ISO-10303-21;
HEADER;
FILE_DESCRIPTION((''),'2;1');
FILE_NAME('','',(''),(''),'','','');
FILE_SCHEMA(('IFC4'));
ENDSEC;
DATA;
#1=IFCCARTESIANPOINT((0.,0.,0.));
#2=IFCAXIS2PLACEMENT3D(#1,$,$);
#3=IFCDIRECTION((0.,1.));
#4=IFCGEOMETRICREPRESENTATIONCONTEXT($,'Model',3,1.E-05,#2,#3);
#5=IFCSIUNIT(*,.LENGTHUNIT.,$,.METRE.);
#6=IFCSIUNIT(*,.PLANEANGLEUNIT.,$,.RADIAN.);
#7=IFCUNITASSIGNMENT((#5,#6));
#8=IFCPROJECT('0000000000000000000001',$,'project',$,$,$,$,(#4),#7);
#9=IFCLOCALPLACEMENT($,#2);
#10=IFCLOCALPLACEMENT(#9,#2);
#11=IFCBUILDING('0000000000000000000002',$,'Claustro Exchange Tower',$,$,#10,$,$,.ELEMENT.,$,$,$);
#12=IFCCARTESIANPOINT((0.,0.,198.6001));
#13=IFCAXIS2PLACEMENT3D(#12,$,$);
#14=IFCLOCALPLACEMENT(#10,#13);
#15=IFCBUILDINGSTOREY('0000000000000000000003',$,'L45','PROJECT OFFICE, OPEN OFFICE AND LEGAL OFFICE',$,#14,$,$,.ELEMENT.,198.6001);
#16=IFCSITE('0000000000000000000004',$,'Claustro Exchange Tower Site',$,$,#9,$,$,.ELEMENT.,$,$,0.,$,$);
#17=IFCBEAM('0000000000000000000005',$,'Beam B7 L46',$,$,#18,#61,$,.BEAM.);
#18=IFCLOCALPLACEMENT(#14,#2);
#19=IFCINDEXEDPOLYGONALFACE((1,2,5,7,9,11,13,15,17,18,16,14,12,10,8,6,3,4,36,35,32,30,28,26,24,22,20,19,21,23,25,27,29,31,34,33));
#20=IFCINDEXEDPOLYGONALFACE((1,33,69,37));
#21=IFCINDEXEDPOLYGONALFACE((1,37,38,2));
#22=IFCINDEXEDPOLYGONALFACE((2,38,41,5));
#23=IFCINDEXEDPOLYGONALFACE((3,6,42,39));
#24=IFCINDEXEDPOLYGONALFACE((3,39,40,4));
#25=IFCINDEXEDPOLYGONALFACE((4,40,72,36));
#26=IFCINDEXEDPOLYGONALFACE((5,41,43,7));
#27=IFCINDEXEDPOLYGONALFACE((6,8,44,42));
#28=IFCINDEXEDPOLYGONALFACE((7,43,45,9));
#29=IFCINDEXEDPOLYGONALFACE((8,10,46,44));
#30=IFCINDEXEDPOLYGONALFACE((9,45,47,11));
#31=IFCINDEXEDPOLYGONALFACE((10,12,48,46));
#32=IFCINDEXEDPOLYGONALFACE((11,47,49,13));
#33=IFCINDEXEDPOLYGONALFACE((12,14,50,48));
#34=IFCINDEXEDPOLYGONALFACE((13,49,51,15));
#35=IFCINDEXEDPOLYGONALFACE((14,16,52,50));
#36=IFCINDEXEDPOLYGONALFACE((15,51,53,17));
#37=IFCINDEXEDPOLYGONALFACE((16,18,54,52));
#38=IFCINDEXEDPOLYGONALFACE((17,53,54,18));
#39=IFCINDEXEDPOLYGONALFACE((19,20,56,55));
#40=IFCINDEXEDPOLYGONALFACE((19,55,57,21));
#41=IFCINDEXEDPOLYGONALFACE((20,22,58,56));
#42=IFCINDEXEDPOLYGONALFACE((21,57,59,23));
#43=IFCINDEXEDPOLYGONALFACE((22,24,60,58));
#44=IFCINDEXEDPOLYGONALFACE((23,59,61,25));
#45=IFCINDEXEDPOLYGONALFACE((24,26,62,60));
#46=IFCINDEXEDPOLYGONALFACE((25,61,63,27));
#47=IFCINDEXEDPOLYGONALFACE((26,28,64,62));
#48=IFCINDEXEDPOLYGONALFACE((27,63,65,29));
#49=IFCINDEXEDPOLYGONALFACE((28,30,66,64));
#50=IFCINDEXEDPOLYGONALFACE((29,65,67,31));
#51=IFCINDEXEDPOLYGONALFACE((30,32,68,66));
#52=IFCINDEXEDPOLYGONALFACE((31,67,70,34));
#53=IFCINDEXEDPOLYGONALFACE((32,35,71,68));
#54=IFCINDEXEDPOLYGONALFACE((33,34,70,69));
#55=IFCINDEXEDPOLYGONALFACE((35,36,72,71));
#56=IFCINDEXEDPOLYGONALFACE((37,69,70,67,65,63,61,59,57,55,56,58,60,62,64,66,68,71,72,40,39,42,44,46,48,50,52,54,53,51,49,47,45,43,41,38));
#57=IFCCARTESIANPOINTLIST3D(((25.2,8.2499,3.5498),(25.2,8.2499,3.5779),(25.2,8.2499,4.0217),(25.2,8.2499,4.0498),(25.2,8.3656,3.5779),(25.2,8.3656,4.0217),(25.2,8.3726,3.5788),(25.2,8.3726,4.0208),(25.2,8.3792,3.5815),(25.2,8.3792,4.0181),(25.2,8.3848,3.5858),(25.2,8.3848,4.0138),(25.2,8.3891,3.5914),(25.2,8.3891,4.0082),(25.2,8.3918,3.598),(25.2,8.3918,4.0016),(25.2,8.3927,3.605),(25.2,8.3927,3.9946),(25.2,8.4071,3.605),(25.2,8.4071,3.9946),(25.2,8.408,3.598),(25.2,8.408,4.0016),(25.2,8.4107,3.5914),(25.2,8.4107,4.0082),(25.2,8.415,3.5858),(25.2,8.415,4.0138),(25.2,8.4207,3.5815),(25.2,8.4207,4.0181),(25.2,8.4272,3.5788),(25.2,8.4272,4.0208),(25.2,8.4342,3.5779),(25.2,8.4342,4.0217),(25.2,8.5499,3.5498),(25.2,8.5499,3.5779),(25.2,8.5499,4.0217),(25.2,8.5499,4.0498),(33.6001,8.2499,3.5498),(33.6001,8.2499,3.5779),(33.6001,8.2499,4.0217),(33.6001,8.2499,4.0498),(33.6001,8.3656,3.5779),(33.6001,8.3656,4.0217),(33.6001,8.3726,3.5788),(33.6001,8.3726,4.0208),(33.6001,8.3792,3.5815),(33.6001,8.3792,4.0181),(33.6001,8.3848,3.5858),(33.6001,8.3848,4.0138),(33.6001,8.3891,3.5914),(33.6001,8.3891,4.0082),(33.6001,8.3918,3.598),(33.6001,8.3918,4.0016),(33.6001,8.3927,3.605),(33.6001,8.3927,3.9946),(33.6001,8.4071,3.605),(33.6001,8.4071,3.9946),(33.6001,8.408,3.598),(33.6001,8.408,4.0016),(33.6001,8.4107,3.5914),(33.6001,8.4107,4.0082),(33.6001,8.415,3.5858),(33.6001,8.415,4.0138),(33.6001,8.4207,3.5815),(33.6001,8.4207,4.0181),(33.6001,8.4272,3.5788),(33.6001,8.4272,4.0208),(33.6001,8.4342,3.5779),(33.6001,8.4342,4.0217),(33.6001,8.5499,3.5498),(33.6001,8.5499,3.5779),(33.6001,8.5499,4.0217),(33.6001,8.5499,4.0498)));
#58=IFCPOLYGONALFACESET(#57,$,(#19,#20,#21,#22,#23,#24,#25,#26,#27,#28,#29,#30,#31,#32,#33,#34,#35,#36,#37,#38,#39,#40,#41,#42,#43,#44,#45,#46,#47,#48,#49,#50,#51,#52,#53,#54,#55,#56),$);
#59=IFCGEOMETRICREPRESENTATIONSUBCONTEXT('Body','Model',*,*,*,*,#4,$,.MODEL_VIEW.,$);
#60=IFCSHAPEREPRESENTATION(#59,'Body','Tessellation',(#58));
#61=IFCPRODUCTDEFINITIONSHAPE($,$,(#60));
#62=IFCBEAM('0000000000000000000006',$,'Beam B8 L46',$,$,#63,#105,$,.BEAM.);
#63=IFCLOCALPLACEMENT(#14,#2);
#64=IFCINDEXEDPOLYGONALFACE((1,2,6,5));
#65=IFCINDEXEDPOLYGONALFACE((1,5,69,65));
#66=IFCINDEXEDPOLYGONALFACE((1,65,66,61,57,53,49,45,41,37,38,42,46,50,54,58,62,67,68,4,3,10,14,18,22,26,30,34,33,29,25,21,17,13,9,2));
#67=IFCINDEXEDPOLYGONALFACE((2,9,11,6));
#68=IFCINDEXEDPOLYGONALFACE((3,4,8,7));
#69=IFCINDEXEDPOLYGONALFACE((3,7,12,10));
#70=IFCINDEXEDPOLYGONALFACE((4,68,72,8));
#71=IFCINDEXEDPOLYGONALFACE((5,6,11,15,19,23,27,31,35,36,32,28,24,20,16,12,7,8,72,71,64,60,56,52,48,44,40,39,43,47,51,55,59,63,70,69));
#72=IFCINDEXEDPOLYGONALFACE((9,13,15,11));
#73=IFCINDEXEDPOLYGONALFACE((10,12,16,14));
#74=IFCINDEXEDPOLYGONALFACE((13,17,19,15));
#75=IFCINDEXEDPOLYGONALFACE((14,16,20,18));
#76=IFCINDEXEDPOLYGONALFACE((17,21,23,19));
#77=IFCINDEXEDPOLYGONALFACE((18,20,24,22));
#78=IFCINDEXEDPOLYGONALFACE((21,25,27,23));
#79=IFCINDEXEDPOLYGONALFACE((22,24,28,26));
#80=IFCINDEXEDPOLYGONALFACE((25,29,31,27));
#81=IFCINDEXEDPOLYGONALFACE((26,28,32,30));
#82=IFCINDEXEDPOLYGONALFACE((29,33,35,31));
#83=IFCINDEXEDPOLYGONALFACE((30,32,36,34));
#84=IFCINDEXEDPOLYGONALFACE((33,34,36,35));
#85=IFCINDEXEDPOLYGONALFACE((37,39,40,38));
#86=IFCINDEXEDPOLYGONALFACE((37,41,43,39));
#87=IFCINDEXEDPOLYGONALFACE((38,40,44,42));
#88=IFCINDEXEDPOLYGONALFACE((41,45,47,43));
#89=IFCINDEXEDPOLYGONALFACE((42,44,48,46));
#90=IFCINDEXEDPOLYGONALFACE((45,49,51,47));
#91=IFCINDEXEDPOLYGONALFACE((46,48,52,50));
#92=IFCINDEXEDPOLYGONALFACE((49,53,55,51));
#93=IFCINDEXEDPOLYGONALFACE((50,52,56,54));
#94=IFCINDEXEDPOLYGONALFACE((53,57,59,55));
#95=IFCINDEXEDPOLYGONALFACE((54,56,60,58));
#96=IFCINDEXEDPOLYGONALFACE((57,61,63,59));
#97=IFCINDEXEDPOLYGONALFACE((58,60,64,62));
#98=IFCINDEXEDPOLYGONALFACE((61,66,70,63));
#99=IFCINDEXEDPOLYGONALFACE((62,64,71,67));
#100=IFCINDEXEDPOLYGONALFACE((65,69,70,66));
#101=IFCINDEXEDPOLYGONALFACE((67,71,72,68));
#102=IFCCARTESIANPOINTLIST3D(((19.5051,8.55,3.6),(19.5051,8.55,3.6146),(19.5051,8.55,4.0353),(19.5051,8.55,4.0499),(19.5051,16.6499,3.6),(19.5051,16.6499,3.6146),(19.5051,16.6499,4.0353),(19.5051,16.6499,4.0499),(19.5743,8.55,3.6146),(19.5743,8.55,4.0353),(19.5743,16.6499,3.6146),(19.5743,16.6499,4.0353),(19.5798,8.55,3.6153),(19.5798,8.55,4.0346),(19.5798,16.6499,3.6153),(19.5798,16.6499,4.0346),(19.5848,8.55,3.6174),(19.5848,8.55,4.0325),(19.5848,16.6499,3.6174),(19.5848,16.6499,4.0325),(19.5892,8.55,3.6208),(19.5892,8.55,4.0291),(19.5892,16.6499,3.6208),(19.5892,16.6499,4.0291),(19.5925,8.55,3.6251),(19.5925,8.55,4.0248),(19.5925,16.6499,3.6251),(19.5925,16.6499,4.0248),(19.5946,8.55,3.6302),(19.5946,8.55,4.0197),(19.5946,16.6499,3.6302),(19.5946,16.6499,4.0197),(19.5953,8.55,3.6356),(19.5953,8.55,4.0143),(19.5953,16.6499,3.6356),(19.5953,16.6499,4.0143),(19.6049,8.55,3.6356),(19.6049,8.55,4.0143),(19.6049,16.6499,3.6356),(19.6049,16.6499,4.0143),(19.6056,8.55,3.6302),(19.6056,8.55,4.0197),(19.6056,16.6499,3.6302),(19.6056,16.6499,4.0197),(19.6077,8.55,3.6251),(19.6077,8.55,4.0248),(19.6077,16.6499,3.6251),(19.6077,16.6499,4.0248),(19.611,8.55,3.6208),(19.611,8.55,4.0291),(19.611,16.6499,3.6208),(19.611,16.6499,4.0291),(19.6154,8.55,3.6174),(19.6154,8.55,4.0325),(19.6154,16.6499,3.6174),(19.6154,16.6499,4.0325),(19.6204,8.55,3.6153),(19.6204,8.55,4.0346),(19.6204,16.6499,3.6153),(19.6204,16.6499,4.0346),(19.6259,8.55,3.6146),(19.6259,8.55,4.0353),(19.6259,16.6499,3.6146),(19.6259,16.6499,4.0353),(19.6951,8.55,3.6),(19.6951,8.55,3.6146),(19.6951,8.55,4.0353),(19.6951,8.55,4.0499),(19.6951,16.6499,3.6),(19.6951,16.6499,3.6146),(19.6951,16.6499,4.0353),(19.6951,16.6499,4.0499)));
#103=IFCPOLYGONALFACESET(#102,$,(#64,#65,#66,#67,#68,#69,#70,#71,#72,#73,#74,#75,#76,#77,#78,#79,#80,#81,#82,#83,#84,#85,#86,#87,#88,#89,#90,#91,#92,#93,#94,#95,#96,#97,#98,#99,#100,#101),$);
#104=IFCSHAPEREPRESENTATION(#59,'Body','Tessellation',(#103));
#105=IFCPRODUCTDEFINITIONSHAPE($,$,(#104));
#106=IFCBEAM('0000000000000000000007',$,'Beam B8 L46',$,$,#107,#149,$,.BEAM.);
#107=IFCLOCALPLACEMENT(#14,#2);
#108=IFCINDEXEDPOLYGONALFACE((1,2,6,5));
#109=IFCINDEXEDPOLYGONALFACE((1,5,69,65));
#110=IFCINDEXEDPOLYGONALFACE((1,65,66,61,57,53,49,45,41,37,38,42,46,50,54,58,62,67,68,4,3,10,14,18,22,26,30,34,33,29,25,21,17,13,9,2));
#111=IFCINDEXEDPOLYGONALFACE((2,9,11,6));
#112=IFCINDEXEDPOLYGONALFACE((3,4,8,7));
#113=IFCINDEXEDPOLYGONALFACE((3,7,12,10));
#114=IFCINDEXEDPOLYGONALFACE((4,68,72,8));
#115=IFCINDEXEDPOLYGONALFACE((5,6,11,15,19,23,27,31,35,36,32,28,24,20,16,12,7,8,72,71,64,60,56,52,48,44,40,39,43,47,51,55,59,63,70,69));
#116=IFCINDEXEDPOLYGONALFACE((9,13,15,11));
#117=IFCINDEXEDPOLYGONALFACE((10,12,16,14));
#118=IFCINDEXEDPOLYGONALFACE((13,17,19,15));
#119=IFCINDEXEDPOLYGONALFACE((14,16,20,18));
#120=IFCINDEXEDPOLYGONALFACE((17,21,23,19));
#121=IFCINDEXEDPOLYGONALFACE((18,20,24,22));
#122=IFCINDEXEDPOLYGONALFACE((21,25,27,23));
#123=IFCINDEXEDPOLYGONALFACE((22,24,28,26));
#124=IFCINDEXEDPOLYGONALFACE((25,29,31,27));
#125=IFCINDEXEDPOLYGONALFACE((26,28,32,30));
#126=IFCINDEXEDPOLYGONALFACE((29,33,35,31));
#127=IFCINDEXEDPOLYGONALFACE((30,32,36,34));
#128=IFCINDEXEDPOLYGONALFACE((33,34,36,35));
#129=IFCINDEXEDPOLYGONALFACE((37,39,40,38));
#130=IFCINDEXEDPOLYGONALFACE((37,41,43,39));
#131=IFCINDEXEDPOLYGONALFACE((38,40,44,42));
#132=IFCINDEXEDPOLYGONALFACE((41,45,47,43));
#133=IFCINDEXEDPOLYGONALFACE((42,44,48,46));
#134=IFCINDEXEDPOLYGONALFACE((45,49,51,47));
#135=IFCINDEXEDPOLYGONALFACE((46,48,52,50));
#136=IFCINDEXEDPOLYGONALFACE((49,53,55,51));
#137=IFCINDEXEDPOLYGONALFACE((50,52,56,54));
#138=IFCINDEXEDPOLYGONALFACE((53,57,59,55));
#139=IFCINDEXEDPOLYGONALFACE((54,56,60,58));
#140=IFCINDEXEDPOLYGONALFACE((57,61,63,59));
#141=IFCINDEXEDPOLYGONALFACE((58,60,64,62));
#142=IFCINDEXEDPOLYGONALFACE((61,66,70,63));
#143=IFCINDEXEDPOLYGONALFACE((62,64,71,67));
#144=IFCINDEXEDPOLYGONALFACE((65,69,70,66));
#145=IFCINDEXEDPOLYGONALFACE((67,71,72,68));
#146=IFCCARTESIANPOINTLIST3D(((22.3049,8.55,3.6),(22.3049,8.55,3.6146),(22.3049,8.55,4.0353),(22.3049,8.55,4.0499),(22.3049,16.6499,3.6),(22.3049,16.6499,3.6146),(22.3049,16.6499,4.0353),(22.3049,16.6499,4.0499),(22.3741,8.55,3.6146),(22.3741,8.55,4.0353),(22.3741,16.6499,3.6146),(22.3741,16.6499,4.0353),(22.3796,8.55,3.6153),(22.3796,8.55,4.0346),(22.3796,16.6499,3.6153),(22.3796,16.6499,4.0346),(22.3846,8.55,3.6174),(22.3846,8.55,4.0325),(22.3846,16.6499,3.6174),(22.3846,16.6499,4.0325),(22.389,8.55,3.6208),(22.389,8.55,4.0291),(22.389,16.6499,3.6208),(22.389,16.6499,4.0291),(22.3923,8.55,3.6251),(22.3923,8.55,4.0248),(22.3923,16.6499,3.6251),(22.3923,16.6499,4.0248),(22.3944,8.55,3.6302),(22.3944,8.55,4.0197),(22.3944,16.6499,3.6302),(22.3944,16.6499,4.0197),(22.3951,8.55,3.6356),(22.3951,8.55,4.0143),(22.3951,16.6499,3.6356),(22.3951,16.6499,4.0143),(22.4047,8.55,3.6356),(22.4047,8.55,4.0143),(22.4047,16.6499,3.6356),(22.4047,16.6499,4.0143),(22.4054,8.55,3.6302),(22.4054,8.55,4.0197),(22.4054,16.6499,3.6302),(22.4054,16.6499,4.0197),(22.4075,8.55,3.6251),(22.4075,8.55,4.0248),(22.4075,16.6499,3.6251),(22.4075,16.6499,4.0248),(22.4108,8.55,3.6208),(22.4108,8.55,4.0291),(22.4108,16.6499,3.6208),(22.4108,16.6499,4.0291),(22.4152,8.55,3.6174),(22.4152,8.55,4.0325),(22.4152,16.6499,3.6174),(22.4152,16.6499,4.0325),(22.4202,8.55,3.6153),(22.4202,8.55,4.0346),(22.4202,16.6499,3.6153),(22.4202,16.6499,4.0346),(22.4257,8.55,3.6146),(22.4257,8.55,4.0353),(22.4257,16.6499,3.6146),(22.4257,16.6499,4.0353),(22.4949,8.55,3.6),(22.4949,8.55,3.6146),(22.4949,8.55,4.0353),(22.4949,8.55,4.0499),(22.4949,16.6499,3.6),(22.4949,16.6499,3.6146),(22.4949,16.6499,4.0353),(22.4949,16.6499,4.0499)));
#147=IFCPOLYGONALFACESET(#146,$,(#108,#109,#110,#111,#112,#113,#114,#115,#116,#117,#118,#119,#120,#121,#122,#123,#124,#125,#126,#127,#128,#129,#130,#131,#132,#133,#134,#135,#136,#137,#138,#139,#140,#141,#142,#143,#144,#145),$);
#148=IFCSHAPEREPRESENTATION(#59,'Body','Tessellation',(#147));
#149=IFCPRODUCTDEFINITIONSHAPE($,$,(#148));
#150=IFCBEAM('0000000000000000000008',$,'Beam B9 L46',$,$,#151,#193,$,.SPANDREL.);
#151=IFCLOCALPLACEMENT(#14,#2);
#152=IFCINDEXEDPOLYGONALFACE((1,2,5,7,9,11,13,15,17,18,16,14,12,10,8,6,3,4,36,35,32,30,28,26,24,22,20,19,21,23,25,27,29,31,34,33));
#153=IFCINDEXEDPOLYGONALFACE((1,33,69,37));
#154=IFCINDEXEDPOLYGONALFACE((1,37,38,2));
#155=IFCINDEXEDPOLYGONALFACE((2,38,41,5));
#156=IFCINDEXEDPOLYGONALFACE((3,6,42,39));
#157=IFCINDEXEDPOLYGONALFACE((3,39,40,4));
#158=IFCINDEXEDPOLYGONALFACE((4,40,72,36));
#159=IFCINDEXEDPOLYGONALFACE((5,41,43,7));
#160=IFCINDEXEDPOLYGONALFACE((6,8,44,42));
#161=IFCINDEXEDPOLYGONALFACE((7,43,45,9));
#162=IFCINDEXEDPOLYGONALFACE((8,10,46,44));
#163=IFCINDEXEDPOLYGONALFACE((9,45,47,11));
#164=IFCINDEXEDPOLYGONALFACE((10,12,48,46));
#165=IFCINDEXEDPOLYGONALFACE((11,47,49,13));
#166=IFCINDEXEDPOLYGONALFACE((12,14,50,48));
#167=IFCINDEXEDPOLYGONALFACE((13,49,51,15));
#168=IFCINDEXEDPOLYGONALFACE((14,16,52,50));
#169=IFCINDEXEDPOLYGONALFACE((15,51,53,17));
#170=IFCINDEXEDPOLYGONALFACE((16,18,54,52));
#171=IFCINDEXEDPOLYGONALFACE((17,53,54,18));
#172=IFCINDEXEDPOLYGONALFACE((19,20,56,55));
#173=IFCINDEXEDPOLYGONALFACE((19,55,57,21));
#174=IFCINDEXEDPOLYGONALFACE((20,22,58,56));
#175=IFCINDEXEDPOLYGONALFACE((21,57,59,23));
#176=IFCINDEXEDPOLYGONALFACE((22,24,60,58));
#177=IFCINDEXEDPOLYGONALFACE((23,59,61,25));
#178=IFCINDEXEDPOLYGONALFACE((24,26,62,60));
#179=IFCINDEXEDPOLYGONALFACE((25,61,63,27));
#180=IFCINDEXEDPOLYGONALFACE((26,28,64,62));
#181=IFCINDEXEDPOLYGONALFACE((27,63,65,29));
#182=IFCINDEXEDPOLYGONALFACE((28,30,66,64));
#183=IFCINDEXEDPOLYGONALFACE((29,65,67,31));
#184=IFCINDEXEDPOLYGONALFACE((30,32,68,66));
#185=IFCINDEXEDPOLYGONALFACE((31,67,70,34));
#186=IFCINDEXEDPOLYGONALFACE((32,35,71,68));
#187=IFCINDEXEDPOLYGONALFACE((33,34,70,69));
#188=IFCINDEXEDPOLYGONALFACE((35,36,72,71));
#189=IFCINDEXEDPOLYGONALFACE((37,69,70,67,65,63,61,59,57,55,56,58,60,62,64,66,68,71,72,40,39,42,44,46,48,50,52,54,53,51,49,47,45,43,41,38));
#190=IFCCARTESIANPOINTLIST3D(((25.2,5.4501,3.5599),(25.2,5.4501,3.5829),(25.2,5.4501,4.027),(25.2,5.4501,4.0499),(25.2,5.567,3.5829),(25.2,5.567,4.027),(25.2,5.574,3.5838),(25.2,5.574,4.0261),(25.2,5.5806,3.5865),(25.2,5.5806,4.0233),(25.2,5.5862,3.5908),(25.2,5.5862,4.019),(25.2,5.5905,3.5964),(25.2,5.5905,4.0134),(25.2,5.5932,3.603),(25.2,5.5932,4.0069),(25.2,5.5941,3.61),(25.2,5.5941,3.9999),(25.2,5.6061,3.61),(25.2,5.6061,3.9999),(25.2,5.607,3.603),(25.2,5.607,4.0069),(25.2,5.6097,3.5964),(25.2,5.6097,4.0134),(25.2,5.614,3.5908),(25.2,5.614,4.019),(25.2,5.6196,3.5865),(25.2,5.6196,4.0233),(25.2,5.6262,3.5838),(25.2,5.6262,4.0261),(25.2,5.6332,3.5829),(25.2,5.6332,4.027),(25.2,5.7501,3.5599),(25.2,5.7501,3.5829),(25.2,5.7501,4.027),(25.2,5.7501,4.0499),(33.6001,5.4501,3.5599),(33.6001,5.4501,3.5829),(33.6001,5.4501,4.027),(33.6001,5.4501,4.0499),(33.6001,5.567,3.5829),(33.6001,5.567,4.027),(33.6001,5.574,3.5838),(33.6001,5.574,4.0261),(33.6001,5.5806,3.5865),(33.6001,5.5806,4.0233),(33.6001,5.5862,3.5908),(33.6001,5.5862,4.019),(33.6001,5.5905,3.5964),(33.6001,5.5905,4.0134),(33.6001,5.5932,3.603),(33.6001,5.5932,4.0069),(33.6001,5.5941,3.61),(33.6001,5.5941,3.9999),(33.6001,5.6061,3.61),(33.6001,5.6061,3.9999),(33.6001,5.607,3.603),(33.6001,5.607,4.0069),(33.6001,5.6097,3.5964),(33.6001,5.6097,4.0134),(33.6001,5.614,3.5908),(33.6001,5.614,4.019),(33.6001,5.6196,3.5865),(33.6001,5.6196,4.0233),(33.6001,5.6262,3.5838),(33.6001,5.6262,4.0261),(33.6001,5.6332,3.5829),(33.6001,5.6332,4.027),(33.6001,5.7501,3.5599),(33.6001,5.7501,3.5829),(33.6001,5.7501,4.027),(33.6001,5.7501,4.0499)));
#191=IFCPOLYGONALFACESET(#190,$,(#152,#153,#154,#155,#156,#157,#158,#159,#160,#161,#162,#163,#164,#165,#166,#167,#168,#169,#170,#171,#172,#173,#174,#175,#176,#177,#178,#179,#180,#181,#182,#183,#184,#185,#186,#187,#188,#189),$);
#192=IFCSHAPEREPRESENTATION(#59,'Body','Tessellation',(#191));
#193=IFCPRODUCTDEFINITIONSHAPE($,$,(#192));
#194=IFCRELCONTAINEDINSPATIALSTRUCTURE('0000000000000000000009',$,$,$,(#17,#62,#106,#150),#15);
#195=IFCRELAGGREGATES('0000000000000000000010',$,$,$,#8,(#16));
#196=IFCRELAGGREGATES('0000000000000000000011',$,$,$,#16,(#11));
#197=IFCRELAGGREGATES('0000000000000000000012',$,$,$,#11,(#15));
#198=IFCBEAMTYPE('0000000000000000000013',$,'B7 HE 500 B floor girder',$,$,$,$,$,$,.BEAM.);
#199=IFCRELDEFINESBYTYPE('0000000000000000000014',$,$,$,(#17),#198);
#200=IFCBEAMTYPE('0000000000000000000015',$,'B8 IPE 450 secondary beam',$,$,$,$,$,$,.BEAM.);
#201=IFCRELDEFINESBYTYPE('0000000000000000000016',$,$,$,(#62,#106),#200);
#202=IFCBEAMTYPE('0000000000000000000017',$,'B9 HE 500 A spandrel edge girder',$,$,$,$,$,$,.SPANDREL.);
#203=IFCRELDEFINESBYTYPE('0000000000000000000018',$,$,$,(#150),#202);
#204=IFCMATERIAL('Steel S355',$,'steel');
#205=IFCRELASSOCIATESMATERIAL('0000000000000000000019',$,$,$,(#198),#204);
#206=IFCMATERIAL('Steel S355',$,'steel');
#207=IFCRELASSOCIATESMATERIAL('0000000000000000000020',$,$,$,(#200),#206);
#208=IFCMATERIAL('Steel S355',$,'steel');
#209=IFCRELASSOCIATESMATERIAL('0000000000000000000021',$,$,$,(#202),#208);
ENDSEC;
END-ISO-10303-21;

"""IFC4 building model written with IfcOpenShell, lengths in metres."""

from ifc_helpers import new_model, si_unit, direction, frame, origin, origin_2d, place, context, subcontext, project, spatial, i_section, extrude, material, material_profile, profile_set, type_object, element, save


model = new_model("IFC4")

# Units and contexts
model_context = context("Model", 3, precision=1e-05, world=origin(), true_north=direction((0.0, 1.0)))
body_context = subcontext(model_context, "Body", "Model", "MODEL_VIEW")
ifc_project = project(units=[si_unit("LENGTHUNIT", "METRE"), si_unit("PLANEANGLEUNIT", "RADIAN")], contexts=[model_context])

# Site, building, storey
site_placement = place(None, origin())
site = spatial("IfcSite", under=ifc_project, at=site_placement, Name="Claustro Exchange Tower Site", CompositionType="ELEMENT", RefElevation=0.0)
building_placement = place(site_placement, origin())
building = spatial("IfcBuilding", under=site, at=building_placement, Name="Claustro Exchange Tower", CompositionType="ELEMENT")
storey_placement = place(building_placement, frame((0.0, 0.0, 198.6001)))
storey = spatial("IfcBuildingStorey", under=building, at=storey_placement, Name="L45", Description="PROJECT OFFICE, OPEN OFFICE AND LEGAL OFFICE", CompositionType="ELEMENT", Elevation=198.6001)

# Beams
ifc_material_1 = material(Name="Steel S355", Category="steel")
ifc_material_profile_1 = material_profile(ifc_material_1, i_section(OverallWidth=0.3, OverallDepth=0.5, WebThickness=0.0144, FlangeThickness=0.0281, FilletRadius=0.0271, at=origin_2d()), Name="HE 500 B")
ifc_profile_set_1 = profile_set([ifc_material_profile_1], Name="Steel S355")
beam_type_1 = type_object("IfcBeamType", Name="B7 HE 500 B floor girder", PredefinedType="BEAM", material=ifc_profile_set_1)
for number, where, z_axis, x_axis, name in (
    (1, (25.2, 8.3999, 3.7998), (1.0, 0.0, 0.0), (0.0, 1.0, 0.0), "Beam B7 L46"),
):
    element("IfcBeam", number, at=place(storey_placement, frame(where, z_axis=z_axis, x_axis=x_axis)), inside=storey, type_object=beam_type_1, Name=name, PredefinedType="BEAM", context=body_context, shape_type="SweptSolid", body=[
        extrude(i_section(OverallWidth=0.3, OverallDepth=0.5, WebThickness=0.0144, FlangeThickness=0.0281, FilletRadius=0.0271, at=origin_2d()), origin(), (0.0, 0.0, 1.0), 8.4001),
    ])
ifc_material_2 = material(Name="Steel S355", Category="steel")
ifc_material_profile_2 = material_profile(ifc_material_2, i_section(OverallWidth=0.1899, OverallDepth=0.45, WebThickness=0.0095, FlangeThickness=0.0146, FilletRadius=0.021, at=origin_2d()), Name="IPE 450")
ifc_profile_set_2 = profile_set([ifc_material_profile_2], Name="Steel S355")
beam_type_2 = type_object("IfcBeamType", Name="B8 IPE 450 secondary beam", PredefinedType="BEAM", material=ifc_profile_set_2)
for number, where, z_axis, x_axis, name in (
    (2, (19.6001, 8.55, 3.825), (0.0, 1.0, 0.0), (-1.0, 0.0, 0.0), "Beam B8 L46"),
    (3, (22.3999, 8.55, 3.825), (0.0, 1.0, 0.0), (-1.0, 0.0, 0.0), "Beam B8 L46"),
):
    element("IfcBeam", number, at=place(storey_placement, frame(where, z_axis=z_axis, x_axis=x_axis)), inside=storey, type_object=beam_type_2, Name=name, PredefinedType="BEAM", context=body_context, shape_type="SweptSolid", body=[
        extrude(i_section(OverallWidth=0.1899, OverallDepth=0.45, WebThickness=0.0095, FlangeThickness=0.0146, FilletRadius=0.021, at=origin_2d()), origin(), (0.0, 0.0, 1.0), 8.0999),
    ])
ifc_material_3 = material(Name="Steel S355", Category="steel")
ifc_material_profile_3 = material_profile(ifc_material_3, i_section(OverallWidth=0.3, OverallDepth=0.49, WebThickness=0.012, FlangeThickness=0.0229, FilletRadius=0.0271, at=origin_2d()), Name="HE 500 A")
ifc_profile_set_3 = profile_set([ifc_material_profile_3], Name="Steel S355")
beam_type_3 = type_object("IfcBeamType", Name="B9 HE 500 A spandrel edge girder", PredefinedType="SPANDREL", material=ifc_profile_set_3)
beam_1_placement = place(storey_placement, frame((25.2, 5.6001, 3.8049), z_axis=(1.0, 0.0, 0.0), x_axis=(0.0, 1.0, 0.0)))
element("IfcBeam", 4, at=beam_1_placement, inside=storey, type_object=beam_type_3, Name="Beam B9 L46", PredefinedType="SPANDREL", context=body_context, shape_type="SweptSolid", body=[
    extrude(i_section(OverallWidth=0.3, OverallDepth=0.49, WebThickness=0.012, FlangeThickness=0.0229, FilletRadius=0.0271, at=origin_2d()), origin(), (0.0, 0.0, 1.0), 8.4001),
])

save(model, "model.ifc")
